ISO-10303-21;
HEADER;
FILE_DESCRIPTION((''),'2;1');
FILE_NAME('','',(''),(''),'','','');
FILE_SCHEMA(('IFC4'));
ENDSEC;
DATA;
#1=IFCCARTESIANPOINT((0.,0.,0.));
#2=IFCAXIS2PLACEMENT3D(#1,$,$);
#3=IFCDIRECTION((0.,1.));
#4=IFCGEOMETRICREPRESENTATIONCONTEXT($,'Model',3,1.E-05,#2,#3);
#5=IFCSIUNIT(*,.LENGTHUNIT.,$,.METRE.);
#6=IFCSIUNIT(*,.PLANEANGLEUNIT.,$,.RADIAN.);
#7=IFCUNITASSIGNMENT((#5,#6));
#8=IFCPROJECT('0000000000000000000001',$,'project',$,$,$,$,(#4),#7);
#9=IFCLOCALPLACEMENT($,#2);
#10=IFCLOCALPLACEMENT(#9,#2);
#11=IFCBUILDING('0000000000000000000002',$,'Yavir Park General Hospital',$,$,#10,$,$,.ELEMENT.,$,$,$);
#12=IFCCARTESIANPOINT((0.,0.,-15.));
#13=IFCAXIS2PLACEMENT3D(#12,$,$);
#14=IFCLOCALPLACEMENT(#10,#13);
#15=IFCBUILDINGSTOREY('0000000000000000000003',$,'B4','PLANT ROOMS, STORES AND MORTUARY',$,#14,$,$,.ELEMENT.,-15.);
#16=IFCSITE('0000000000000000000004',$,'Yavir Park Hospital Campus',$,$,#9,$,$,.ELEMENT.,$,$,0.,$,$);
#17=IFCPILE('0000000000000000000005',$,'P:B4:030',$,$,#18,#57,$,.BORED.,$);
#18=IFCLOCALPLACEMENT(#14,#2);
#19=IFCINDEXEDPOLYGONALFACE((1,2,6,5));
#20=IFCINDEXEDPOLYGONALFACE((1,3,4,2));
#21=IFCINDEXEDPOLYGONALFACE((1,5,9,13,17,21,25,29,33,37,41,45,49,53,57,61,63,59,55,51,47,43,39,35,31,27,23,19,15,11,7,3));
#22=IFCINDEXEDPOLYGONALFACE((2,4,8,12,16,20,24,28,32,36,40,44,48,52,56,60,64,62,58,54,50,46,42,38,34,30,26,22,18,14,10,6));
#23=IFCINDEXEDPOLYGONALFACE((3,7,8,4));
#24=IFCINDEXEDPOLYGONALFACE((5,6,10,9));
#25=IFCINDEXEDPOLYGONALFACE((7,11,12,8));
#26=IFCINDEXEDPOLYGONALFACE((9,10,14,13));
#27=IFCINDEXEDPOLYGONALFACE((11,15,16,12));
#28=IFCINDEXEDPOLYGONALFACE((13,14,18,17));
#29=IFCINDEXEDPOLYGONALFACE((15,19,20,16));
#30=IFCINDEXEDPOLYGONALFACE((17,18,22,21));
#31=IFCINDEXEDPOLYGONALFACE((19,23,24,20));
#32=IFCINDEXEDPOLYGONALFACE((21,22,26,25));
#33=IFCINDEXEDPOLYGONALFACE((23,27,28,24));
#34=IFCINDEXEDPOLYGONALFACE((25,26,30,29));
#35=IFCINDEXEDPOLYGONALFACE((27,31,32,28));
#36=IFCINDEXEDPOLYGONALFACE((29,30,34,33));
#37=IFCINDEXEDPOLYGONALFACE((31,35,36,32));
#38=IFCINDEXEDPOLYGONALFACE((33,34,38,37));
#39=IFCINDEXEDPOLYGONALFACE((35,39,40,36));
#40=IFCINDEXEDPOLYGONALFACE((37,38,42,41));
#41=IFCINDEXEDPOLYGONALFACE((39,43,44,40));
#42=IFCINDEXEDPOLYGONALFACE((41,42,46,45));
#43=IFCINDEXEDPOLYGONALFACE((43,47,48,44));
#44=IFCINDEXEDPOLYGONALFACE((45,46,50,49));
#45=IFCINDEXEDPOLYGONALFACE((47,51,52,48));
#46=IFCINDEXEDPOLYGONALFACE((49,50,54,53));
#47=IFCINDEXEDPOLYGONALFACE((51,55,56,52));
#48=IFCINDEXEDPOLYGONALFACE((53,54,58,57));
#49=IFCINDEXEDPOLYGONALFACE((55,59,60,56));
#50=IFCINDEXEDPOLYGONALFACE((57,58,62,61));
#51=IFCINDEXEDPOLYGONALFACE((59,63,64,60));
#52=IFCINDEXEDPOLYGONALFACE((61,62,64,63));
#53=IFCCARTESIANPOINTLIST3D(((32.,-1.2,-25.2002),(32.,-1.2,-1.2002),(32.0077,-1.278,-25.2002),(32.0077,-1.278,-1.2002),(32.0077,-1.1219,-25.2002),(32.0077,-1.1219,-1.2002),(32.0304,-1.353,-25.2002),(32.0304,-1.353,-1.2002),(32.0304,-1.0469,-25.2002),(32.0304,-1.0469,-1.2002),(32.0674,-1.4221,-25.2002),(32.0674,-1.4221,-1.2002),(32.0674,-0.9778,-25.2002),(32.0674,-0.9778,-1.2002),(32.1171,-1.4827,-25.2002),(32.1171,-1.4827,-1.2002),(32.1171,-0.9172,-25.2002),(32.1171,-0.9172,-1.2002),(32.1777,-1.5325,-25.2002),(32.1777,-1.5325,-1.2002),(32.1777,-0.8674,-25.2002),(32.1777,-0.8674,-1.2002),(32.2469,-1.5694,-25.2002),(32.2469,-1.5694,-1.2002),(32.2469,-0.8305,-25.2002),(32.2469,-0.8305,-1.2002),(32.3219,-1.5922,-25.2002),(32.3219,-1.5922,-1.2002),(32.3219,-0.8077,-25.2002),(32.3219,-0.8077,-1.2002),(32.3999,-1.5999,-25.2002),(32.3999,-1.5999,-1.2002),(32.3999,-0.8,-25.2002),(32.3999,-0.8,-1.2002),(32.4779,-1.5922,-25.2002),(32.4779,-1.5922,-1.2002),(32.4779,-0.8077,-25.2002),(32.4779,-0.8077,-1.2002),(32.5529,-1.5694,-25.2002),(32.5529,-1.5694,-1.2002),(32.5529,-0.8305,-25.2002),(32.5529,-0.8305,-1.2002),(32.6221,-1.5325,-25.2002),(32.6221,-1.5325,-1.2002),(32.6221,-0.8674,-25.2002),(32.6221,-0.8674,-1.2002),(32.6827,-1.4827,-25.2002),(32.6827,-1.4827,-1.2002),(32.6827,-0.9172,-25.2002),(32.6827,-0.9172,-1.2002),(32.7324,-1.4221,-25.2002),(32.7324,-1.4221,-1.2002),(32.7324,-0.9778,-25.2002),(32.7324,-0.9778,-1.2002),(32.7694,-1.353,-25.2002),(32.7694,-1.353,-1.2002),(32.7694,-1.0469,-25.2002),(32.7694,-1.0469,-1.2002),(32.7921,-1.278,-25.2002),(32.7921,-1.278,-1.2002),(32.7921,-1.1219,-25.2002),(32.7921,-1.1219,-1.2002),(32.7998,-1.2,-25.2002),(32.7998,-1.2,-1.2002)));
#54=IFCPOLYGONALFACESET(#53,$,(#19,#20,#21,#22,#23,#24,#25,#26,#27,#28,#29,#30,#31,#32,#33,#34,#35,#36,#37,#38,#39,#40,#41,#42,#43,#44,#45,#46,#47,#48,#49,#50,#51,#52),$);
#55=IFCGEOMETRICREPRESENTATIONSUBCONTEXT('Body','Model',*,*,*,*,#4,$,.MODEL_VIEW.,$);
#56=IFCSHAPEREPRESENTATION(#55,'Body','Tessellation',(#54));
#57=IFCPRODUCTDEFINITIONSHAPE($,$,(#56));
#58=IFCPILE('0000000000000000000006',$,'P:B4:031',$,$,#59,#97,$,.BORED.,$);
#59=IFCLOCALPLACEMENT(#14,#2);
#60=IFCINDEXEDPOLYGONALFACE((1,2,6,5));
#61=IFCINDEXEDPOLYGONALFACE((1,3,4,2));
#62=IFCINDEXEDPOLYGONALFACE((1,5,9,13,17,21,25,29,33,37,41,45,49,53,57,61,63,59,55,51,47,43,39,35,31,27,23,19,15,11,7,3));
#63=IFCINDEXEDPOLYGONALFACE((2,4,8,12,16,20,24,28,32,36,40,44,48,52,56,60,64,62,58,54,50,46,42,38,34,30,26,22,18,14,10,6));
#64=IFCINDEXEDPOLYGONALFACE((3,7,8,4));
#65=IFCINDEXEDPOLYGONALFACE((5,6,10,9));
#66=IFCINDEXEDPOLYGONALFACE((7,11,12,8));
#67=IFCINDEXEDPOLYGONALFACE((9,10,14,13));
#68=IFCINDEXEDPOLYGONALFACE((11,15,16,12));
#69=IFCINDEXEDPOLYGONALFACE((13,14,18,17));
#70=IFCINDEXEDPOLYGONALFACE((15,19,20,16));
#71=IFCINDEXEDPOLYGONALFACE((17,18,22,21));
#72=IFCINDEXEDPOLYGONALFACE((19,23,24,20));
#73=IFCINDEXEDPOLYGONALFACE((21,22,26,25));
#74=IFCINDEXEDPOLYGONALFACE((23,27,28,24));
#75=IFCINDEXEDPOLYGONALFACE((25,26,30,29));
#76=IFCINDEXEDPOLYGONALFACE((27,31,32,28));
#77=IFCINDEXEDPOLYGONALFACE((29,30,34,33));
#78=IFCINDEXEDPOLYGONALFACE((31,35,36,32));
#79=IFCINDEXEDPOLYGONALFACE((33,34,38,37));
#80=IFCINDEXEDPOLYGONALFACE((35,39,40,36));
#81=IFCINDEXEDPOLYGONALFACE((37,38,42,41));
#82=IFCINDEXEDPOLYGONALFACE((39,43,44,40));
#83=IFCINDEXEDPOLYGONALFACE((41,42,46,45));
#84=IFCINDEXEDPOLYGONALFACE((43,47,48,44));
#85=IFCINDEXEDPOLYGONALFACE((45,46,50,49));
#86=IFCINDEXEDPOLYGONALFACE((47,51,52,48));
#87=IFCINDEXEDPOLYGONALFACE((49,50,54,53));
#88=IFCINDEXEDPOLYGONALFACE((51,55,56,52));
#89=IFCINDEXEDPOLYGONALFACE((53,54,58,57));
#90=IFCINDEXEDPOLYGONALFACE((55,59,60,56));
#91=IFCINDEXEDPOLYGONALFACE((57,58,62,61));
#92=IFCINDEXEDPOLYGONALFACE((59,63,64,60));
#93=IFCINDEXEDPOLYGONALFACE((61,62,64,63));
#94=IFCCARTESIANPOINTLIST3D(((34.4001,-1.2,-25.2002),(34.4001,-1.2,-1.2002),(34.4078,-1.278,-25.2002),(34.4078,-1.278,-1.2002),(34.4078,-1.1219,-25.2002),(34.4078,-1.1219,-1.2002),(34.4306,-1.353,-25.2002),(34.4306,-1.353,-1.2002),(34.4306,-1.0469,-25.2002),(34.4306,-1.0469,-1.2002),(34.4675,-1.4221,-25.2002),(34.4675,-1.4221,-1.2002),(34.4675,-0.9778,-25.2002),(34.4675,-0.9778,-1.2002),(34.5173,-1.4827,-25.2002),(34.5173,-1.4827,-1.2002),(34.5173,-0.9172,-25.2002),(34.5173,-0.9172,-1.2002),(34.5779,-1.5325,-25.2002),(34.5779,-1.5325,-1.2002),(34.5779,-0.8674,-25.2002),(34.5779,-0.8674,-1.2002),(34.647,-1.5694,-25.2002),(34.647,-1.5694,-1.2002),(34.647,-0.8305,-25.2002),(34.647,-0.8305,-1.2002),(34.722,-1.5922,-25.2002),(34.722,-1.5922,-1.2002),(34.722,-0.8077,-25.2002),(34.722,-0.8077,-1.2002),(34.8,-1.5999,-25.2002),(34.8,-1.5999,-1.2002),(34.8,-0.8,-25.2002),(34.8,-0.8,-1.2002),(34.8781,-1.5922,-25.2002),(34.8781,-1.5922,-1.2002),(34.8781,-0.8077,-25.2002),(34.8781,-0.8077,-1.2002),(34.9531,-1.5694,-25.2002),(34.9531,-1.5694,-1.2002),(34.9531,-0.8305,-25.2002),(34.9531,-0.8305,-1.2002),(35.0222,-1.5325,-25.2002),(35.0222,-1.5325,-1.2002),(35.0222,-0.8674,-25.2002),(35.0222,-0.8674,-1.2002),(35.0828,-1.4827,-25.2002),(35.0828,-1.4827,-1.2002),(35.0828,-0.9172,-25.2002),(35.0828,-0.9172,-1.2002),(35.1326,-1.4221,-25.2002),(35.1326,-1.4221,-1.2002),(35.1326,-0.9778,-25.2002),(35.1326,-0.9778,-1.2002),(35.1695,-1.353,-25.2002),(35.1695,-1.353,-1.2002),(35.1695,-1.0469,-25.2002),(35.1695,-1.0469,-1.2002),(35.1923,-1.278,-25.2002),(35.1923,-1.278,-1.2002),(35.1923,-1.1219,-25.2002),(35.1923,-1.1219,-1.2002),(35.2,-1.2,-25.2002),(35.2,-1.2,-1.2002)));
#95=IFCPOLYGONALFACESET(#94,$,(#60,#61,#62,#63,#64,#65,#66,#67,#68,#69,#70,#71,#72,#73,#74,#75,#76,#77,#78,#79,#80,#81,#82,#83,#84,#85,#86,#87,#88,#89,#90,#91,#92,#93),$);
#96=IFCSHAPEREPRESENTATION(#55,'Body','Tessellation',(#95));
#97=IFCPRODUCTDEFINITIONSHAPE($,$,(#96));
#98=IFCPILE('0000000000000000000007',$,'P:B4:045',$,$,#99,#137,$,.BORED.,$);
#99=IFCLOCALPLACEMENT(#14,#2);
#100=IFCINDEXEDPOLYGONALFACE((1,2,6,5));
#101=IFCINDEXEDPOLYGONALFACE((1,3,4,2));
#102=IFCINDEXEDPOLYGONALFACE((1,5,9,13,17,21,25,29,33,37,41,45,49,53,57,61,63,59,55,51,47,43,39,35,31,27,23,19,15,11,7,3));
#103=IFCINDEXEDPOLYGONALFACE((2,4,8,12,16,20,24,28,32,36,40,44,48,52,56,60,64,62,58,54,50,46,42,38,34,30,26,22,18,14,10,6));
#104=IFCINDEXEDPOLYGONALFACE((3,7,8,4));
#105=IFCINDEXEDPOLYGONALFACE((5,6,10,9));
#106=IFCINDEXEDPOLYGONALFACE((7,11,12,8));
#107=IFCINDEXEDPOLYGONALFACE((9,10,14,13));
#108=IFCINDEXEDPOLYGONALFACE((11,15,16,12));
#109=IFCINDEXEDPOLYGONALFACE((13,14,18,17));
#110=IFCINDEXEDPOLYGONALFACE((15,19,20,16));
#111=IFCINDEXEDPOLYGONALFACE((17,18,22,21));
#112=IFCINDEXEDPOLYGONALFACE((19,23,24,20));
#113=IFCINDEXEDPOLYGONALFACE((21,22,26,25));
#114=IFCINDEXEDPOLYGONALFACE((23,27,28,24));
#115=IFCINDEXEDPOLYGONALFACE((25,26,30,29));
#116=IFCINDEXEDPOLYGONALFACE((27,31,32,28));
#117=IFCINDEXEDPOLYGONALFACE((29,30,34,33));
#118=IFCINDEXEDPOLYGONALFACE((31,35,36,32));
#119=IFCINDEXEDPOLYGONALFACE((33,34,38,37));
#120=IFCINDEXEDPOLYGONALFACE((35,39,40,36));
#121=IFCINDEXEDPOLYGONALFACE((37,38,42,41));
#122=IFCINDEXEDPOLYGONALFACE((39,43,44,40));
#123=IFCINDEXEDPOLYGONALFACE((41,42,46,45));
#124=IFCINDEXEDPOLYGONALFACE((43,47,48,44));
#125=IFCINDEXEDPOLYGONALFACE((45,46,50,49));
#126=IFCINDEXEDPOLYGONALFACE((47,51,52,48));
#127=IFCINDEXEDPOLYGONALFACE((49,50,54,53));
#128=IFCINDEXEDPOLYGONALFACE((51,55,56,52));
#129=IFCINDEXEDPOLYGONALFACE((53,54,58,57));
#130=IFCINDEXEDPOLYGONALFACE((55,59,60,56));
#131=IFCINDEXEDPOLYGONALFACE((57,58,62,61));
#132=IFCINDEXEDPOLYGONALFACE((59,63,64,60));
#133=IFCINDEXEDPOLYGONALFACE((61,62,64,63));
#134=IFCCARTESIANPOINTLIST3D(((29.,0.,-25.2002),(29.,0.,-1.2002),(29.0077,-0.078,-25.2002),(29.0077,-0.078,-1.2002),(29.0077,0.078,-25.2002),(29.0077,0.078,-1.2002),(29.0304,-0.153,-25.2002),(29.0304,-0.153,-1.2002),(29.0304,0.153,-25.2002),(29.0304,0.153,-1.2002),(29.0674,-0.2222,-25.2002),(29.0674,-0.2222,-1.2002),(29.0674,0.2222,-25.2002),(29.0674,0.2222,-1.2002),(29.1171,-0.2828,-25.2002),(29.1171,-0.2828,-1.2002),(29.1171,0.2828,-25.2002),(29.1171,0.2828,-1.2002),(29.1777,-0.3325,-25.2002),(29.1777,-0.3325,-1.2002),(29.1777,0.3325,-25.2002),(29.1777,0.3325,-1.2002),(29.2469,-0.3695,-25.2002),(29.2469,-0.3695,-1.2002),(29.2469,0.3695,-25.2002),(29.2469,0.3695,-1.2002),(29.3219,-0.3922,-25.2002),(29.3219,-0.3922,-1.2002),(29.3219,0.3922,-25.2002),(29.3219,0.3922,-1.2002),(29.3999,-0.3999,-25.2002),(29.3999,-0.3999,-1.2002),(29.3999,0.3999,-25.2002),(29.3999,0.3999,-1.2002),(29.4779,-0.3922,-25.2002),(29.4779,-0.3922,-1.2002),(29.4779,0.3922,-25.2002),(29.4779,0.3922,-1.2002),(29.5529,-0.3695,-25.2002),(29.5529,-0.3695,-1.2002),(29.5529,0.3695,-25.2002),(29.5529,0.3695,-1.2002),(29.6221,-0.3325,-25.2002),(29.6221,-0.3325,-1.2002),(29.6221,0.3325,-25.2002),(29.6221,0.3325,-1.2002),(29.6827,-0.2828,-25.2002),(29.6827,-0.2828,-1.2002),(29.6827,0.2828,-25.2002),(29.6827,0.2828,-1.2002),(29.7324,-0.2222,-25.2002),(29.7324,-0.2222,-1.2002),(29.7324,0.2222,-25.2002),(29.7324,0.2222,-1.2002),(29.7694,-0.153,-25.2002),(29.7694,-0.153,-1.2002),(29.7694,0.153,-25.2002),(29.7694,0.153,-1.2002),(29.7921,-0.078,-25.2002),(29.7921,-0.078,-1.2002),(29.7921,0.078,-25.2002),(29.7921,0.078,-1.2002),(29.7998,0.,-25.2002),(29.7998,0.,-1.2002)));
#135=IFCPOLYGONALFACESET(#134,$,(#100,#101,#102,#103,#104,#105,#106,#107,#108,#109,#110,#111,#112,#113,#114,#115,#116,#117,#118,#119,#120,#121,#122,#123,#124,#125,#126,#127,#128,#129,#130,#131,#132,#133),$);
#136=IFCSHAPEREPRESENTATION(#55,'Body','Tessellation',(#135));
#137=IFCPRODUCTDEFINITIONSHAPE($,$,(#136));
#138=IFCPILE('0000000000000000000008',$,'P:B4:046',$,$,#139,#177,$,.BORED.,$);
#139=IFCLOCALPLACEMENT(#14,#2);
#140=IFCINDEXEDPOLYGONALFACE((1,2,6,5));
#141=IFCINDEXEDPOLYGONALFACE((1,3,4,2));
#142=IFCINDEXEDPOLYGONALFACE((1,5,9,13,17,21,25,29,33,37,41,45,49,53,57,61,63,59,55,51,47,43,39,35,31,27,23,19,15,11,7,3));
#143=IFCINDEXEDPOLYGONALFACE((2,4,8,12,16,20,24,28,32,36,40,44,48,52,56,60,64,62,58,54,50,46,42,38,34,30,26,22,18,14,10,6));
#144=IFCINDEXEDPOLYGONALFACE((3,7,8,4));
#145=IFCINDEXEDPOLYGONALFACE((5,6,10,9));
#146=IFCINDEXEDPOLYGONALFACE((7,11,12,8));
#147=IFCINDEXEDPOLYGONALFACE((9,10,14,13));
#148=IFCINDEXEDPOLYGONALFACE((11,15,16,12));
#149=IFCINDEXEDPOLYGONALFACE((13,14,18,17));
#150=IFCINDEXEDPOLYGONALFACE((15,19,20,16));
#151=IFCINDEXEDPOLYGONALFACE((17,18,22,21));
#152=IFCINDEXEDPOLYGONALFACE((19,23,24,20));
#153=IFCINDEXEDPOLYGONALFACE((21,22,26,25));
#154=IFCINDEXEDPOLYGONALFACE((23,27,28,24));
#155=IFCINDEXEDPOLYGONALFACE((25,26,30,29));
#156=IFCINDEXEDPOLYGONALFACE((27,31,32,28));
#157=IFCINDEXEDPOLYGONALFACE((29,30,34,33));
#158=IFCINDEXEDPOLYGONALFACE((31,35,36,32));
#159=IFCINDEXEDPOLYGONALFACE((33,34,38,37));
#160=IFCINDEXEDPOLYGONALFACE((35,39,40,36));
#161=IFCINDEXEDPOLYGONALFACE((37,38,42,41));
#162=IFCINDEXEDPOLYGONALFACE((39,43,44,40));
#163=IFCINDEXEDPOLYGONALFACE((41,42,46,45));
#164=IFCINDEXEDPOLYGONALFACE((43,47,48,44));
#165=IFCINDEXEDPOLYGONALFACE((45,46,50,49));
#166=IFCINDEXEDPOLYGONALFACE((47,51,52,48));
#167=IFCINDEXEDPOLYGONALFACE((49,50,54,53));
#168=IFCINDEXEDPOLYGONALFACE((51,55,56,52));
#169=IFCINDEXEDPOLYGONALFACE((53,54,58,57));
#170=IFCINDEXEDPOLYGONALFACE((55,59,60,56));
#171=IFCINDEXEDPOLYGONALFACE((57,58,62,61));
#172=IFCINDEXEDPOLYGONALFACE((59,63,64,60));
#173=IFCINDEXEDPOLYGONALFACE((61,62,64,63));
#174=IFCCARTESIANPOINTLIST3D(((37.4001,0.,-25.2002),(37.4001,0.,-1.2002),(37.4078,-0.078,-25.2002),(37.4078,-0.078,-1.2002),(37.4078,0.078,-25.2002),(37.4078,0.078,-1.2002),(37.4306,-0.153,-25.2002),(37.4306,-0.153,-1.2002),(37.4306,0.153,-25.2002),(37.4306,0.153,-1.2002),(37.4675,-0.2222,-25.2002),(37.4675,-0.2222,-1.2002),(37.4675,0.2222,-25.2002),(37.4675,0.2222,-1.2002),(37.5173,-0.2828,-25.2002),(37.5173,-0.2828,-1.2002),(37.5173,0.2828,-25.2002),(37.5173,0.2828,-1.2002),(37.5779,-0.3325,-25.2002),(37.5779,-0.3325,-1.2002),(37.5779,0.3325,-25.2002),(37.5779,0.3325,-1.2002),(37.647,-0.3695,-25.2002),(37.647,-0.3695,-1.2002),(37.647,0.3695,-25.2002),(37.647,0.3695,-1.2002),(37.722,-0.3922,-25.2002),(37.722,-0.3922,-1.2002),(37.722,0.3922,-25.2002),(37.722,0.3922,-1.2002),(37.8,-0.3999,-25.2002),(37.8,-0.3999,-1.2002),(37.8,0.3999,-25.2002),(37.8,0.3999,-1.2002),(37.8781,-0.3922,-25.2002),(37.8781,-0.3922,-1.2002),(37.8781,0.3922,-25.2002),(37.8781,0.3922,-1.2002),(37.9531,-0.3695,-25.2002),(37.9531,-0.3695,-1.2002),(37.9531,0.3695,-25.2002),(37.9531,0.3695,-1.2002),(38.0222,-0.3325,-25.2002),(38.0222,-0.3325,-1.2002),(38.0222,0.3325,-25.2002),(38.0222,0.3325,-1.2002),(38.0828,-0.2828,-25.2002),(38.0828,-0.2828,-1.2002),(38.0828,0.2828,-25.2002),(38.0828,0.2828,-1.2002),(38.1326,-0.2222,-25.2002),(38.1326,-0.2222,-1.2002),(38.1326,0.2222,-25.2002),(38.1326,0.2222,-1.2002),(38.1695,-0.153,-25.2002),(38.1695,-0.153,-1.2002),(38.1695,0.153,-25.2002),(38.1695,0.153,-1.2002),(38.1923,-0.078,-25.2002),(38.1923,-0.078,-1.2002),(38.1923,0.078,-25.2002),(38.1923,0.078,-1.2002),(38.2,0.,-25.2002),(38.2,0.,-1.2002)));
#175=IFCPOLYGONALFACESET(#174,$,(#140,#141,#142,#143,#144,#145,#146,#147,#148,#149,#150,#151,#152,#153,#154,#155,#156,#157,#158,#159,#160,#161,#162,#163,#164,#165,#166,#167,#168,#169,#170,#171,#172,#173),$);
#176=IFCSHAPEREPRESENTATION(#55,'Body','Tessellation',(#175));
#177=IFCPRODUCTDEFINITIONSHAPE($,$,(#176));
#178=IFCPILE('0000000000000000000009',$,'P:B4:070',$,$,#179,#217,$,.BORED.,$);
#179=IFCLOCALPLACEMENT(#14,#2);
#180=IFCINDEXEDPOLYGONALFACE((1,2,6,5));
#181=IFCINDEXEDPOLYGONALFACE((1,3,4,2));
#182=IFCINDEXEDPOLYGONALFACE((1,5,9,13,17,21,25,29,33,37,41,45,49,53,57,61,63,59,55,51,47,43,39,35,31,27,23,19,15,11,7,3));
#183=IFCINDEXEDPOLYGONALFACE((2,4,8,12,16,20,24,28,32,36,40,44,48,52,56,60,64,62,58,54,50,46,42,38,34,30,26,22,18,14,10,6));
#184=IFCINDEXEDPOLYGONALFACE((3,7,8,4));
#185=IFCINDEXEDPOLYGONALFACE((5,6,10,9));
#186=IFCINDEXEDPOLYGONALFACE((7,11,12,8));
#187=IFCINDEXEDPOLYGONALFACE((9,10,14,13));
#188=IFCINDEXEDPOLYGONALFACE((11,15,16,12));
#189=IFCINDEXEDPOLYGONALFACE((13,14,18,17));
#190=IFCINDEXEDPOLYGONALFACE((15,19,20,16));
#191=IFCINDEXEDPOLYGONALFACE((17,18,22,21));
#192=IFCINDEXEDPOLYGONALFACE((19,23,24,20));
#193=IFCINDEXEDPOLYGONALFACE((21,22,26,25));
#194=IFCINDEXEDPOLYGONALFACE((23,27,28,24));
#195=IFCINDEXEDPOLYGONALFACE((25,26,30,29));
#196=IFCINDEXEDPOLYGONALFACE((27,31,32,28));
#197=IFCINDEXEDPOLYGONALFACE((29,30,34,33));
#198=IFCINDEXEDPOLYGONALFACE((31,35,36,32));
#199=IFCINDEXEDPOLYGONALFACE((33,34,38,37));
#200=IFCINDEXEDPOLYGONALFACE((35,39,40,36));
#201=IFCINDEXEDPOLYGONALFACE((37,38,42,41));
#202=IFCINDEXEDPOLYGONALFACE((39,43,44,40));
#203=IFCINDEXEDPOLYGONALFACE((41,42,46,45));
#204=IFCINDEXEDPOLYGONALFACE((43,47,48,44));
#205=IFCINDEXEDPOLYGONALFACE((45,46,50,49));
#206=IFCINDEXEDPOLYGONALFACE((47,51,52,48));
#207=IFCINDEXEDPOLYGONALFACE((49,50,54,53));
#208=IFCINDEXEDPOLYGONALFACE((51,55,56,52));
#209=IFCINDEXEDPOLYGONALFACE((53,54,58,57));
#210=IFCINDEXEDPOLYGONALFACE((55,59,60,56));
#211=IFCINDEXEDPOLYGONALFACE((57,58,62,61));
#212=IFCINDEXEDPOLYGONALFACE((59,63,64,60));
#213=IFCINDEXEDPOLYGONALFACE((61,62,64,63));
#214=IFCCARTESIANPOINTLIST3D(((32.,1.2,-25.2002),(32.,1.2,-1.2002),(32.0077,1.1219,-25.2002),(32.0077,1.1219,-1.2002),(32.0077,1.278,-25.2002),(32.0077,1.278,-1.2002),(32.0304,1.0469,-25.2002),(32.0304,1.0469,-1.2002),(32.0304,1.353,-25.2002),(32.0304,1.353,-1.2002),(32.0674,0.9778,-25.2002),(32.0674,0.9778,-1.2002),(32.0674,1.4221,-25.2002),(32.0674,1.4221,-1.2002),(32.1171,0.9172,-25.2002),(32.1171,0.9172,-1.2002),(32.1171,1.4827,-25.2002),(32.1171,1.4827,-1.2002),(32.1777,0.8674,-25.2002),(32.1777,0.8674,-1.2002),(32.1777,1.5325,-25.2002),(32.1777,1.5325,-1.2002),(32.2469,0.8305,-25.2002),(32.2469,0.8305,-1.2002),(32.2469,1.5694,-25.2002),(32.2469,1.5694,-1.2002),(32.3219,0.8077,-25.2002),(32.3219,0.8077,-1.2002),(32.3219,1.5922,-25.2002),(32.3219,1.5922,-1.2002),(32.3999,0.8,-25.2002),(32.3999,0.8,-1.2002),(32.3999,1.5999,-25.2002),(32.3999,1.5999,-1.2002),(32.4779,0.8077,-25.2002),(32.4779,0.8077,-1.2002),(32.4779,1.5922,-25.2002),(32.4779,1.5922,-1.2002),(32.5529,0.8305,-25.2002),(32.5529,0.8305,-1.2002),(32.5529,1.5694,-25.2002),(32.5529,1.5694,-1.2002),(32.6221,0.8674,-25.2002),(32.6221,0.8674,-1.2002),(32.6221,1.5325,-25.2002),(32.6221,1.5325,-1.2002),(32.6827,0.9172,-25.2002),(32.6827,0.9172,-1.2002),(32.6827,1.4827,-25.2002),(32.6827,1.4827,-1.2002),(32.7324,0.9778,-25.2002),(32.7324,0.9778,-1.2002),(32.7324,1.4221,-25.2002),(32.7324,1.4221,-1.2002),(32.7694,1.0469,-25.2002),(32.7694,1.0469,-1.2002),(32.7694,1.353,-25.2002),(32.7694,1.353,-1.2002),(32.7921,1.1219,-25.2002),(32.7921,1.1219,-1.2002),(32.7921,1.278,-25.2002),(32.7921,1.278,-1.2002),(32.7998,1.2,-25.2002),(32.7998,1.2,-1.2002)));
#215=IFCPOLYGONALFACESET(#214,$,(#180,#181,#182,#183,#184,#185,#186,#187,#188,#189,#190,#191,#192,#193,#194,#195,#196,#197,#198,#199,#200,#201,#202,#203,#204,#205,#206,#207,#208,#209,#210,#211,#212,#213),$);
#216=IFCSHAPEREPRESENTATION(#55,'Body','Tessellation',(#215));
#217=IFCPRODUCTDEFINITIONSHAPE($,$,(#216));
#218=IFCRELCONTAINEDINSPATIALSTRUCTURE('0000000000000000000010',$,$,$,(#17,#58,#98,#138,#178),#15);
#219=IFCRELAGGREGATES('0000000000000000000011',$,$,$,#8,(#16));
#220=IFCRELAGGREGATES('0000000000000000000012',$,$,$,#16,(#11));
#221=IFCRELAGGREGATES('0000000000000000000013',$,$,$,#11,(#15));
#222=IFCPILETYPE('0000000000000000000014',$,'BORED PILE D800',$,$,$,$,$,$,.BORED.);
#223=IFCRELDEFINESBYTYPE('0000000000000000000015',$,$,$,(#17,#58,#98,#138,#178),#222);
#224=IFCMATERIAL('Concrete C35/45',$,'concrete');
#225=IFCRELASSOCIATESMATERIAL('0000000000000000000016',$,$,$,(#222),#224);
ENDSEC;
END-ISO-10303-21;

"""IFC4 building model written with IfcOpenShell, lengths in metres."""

from ifc_helpers import new_model, si_unit, direction, frame, origin, origin_2d, place, context, subcontext, project, spatial, circle, extrude, material, material_profile, profile_set, type_object, element, save


model = new_model("IFC4")

# Units and contexts
model_context = context("Model", 3, precision=1e-05, world=origin(), true_north=direction((0.0, 1.0)))
body_context = subcontext(model_context, "Body", "Model", "MODEL_VIEW")
ifc_project = project(units=[si_unit("LENGTHUNIT", "METRE"), si_unit("PLANEANGLEUNIT", "RADIAN")], contexts=[model_context])

# Site, building, storey
site_placement = place(None, origin())
site = spatial("IfcSite", under=ifc_project, at=site_placement, Name="Yavir Park Hospital Campus", CompositionType="ELEMENT", RefElevation=0.0)
building_placement = place(site_placement, origin())
building = spatial("IfcBuilding", under=site, at=building_placement, Name="Yavir Park General Hospital", CompositionType="ELEMENT")
storey_placement = place(building_placement, frame((0.0, 0.0, -15.0)))
storey = spatial("IfcBuildingStorey", under=building, at=storey_placement, Name="B4", Description="PLANT ROOMS, STORES AND MORTUARY", CompositionType="ELEMENT", Elevation=-15.0)

# Piles
ifc_material_1 = material(Name="Concrete C35/45", Category="concrete")
ifc_material_profile_1 = material_profile(ifc_material_1, circle(Radius=0.3999, at=origin_2d()), Name="D800")
ifc_profile_set_1 = profile_set([ifc_material_profile_1], Name="Concrete C35/45")
pile_type_1 = type_object("IfcPileType", Name="BORED PILE D800", PredefinedType="BORED", material=ifc_profile_set_1)
for number, where, z_axis, x_axis, name in (
    (1, (32.3999, -1.2, -1.2002), (0.0, 0.0, -1.0), (1.0, 0.0, 0.0), "P:B4:030"),
    (2, (34.8, -1.2, -1.2002), (0.0, 0.0, -1.0), (1.0, 0.0, 0.0), "P:B4:031"),
    (3, (29.3999, 0.0, -1.2002), (0.0, 0.0, -1.0), (1.0, 0.0, 0.0), "P:B4:045"),
    (4, (37.8, 0.0, -1.2002), (0.0, 0.0, -1.0), (1.0, 0.0, 0.0), "P:B4:046"),
    (5, (32.3999, 1.2, -1.2002), (0.0, 0.0, -1.0), (1.0, 0.0, 0.0), "P:B4:070"),
):
    element("IfcPile", number, at=place(storey_placement, frame(where, z_axis=z_axis, x_axis=x_axis)), inside=storey, type_object=pile_type_1, Name=name, PredefinedType="BORED", context=body_context, shape_type="SweptSolid", body=[
        extrude(circle(Radius=0.3999, at=origin_2d()), origin(), (0.0, 0.0, 1.0), 24.0),
    ])

save(model, "model.ifc")
